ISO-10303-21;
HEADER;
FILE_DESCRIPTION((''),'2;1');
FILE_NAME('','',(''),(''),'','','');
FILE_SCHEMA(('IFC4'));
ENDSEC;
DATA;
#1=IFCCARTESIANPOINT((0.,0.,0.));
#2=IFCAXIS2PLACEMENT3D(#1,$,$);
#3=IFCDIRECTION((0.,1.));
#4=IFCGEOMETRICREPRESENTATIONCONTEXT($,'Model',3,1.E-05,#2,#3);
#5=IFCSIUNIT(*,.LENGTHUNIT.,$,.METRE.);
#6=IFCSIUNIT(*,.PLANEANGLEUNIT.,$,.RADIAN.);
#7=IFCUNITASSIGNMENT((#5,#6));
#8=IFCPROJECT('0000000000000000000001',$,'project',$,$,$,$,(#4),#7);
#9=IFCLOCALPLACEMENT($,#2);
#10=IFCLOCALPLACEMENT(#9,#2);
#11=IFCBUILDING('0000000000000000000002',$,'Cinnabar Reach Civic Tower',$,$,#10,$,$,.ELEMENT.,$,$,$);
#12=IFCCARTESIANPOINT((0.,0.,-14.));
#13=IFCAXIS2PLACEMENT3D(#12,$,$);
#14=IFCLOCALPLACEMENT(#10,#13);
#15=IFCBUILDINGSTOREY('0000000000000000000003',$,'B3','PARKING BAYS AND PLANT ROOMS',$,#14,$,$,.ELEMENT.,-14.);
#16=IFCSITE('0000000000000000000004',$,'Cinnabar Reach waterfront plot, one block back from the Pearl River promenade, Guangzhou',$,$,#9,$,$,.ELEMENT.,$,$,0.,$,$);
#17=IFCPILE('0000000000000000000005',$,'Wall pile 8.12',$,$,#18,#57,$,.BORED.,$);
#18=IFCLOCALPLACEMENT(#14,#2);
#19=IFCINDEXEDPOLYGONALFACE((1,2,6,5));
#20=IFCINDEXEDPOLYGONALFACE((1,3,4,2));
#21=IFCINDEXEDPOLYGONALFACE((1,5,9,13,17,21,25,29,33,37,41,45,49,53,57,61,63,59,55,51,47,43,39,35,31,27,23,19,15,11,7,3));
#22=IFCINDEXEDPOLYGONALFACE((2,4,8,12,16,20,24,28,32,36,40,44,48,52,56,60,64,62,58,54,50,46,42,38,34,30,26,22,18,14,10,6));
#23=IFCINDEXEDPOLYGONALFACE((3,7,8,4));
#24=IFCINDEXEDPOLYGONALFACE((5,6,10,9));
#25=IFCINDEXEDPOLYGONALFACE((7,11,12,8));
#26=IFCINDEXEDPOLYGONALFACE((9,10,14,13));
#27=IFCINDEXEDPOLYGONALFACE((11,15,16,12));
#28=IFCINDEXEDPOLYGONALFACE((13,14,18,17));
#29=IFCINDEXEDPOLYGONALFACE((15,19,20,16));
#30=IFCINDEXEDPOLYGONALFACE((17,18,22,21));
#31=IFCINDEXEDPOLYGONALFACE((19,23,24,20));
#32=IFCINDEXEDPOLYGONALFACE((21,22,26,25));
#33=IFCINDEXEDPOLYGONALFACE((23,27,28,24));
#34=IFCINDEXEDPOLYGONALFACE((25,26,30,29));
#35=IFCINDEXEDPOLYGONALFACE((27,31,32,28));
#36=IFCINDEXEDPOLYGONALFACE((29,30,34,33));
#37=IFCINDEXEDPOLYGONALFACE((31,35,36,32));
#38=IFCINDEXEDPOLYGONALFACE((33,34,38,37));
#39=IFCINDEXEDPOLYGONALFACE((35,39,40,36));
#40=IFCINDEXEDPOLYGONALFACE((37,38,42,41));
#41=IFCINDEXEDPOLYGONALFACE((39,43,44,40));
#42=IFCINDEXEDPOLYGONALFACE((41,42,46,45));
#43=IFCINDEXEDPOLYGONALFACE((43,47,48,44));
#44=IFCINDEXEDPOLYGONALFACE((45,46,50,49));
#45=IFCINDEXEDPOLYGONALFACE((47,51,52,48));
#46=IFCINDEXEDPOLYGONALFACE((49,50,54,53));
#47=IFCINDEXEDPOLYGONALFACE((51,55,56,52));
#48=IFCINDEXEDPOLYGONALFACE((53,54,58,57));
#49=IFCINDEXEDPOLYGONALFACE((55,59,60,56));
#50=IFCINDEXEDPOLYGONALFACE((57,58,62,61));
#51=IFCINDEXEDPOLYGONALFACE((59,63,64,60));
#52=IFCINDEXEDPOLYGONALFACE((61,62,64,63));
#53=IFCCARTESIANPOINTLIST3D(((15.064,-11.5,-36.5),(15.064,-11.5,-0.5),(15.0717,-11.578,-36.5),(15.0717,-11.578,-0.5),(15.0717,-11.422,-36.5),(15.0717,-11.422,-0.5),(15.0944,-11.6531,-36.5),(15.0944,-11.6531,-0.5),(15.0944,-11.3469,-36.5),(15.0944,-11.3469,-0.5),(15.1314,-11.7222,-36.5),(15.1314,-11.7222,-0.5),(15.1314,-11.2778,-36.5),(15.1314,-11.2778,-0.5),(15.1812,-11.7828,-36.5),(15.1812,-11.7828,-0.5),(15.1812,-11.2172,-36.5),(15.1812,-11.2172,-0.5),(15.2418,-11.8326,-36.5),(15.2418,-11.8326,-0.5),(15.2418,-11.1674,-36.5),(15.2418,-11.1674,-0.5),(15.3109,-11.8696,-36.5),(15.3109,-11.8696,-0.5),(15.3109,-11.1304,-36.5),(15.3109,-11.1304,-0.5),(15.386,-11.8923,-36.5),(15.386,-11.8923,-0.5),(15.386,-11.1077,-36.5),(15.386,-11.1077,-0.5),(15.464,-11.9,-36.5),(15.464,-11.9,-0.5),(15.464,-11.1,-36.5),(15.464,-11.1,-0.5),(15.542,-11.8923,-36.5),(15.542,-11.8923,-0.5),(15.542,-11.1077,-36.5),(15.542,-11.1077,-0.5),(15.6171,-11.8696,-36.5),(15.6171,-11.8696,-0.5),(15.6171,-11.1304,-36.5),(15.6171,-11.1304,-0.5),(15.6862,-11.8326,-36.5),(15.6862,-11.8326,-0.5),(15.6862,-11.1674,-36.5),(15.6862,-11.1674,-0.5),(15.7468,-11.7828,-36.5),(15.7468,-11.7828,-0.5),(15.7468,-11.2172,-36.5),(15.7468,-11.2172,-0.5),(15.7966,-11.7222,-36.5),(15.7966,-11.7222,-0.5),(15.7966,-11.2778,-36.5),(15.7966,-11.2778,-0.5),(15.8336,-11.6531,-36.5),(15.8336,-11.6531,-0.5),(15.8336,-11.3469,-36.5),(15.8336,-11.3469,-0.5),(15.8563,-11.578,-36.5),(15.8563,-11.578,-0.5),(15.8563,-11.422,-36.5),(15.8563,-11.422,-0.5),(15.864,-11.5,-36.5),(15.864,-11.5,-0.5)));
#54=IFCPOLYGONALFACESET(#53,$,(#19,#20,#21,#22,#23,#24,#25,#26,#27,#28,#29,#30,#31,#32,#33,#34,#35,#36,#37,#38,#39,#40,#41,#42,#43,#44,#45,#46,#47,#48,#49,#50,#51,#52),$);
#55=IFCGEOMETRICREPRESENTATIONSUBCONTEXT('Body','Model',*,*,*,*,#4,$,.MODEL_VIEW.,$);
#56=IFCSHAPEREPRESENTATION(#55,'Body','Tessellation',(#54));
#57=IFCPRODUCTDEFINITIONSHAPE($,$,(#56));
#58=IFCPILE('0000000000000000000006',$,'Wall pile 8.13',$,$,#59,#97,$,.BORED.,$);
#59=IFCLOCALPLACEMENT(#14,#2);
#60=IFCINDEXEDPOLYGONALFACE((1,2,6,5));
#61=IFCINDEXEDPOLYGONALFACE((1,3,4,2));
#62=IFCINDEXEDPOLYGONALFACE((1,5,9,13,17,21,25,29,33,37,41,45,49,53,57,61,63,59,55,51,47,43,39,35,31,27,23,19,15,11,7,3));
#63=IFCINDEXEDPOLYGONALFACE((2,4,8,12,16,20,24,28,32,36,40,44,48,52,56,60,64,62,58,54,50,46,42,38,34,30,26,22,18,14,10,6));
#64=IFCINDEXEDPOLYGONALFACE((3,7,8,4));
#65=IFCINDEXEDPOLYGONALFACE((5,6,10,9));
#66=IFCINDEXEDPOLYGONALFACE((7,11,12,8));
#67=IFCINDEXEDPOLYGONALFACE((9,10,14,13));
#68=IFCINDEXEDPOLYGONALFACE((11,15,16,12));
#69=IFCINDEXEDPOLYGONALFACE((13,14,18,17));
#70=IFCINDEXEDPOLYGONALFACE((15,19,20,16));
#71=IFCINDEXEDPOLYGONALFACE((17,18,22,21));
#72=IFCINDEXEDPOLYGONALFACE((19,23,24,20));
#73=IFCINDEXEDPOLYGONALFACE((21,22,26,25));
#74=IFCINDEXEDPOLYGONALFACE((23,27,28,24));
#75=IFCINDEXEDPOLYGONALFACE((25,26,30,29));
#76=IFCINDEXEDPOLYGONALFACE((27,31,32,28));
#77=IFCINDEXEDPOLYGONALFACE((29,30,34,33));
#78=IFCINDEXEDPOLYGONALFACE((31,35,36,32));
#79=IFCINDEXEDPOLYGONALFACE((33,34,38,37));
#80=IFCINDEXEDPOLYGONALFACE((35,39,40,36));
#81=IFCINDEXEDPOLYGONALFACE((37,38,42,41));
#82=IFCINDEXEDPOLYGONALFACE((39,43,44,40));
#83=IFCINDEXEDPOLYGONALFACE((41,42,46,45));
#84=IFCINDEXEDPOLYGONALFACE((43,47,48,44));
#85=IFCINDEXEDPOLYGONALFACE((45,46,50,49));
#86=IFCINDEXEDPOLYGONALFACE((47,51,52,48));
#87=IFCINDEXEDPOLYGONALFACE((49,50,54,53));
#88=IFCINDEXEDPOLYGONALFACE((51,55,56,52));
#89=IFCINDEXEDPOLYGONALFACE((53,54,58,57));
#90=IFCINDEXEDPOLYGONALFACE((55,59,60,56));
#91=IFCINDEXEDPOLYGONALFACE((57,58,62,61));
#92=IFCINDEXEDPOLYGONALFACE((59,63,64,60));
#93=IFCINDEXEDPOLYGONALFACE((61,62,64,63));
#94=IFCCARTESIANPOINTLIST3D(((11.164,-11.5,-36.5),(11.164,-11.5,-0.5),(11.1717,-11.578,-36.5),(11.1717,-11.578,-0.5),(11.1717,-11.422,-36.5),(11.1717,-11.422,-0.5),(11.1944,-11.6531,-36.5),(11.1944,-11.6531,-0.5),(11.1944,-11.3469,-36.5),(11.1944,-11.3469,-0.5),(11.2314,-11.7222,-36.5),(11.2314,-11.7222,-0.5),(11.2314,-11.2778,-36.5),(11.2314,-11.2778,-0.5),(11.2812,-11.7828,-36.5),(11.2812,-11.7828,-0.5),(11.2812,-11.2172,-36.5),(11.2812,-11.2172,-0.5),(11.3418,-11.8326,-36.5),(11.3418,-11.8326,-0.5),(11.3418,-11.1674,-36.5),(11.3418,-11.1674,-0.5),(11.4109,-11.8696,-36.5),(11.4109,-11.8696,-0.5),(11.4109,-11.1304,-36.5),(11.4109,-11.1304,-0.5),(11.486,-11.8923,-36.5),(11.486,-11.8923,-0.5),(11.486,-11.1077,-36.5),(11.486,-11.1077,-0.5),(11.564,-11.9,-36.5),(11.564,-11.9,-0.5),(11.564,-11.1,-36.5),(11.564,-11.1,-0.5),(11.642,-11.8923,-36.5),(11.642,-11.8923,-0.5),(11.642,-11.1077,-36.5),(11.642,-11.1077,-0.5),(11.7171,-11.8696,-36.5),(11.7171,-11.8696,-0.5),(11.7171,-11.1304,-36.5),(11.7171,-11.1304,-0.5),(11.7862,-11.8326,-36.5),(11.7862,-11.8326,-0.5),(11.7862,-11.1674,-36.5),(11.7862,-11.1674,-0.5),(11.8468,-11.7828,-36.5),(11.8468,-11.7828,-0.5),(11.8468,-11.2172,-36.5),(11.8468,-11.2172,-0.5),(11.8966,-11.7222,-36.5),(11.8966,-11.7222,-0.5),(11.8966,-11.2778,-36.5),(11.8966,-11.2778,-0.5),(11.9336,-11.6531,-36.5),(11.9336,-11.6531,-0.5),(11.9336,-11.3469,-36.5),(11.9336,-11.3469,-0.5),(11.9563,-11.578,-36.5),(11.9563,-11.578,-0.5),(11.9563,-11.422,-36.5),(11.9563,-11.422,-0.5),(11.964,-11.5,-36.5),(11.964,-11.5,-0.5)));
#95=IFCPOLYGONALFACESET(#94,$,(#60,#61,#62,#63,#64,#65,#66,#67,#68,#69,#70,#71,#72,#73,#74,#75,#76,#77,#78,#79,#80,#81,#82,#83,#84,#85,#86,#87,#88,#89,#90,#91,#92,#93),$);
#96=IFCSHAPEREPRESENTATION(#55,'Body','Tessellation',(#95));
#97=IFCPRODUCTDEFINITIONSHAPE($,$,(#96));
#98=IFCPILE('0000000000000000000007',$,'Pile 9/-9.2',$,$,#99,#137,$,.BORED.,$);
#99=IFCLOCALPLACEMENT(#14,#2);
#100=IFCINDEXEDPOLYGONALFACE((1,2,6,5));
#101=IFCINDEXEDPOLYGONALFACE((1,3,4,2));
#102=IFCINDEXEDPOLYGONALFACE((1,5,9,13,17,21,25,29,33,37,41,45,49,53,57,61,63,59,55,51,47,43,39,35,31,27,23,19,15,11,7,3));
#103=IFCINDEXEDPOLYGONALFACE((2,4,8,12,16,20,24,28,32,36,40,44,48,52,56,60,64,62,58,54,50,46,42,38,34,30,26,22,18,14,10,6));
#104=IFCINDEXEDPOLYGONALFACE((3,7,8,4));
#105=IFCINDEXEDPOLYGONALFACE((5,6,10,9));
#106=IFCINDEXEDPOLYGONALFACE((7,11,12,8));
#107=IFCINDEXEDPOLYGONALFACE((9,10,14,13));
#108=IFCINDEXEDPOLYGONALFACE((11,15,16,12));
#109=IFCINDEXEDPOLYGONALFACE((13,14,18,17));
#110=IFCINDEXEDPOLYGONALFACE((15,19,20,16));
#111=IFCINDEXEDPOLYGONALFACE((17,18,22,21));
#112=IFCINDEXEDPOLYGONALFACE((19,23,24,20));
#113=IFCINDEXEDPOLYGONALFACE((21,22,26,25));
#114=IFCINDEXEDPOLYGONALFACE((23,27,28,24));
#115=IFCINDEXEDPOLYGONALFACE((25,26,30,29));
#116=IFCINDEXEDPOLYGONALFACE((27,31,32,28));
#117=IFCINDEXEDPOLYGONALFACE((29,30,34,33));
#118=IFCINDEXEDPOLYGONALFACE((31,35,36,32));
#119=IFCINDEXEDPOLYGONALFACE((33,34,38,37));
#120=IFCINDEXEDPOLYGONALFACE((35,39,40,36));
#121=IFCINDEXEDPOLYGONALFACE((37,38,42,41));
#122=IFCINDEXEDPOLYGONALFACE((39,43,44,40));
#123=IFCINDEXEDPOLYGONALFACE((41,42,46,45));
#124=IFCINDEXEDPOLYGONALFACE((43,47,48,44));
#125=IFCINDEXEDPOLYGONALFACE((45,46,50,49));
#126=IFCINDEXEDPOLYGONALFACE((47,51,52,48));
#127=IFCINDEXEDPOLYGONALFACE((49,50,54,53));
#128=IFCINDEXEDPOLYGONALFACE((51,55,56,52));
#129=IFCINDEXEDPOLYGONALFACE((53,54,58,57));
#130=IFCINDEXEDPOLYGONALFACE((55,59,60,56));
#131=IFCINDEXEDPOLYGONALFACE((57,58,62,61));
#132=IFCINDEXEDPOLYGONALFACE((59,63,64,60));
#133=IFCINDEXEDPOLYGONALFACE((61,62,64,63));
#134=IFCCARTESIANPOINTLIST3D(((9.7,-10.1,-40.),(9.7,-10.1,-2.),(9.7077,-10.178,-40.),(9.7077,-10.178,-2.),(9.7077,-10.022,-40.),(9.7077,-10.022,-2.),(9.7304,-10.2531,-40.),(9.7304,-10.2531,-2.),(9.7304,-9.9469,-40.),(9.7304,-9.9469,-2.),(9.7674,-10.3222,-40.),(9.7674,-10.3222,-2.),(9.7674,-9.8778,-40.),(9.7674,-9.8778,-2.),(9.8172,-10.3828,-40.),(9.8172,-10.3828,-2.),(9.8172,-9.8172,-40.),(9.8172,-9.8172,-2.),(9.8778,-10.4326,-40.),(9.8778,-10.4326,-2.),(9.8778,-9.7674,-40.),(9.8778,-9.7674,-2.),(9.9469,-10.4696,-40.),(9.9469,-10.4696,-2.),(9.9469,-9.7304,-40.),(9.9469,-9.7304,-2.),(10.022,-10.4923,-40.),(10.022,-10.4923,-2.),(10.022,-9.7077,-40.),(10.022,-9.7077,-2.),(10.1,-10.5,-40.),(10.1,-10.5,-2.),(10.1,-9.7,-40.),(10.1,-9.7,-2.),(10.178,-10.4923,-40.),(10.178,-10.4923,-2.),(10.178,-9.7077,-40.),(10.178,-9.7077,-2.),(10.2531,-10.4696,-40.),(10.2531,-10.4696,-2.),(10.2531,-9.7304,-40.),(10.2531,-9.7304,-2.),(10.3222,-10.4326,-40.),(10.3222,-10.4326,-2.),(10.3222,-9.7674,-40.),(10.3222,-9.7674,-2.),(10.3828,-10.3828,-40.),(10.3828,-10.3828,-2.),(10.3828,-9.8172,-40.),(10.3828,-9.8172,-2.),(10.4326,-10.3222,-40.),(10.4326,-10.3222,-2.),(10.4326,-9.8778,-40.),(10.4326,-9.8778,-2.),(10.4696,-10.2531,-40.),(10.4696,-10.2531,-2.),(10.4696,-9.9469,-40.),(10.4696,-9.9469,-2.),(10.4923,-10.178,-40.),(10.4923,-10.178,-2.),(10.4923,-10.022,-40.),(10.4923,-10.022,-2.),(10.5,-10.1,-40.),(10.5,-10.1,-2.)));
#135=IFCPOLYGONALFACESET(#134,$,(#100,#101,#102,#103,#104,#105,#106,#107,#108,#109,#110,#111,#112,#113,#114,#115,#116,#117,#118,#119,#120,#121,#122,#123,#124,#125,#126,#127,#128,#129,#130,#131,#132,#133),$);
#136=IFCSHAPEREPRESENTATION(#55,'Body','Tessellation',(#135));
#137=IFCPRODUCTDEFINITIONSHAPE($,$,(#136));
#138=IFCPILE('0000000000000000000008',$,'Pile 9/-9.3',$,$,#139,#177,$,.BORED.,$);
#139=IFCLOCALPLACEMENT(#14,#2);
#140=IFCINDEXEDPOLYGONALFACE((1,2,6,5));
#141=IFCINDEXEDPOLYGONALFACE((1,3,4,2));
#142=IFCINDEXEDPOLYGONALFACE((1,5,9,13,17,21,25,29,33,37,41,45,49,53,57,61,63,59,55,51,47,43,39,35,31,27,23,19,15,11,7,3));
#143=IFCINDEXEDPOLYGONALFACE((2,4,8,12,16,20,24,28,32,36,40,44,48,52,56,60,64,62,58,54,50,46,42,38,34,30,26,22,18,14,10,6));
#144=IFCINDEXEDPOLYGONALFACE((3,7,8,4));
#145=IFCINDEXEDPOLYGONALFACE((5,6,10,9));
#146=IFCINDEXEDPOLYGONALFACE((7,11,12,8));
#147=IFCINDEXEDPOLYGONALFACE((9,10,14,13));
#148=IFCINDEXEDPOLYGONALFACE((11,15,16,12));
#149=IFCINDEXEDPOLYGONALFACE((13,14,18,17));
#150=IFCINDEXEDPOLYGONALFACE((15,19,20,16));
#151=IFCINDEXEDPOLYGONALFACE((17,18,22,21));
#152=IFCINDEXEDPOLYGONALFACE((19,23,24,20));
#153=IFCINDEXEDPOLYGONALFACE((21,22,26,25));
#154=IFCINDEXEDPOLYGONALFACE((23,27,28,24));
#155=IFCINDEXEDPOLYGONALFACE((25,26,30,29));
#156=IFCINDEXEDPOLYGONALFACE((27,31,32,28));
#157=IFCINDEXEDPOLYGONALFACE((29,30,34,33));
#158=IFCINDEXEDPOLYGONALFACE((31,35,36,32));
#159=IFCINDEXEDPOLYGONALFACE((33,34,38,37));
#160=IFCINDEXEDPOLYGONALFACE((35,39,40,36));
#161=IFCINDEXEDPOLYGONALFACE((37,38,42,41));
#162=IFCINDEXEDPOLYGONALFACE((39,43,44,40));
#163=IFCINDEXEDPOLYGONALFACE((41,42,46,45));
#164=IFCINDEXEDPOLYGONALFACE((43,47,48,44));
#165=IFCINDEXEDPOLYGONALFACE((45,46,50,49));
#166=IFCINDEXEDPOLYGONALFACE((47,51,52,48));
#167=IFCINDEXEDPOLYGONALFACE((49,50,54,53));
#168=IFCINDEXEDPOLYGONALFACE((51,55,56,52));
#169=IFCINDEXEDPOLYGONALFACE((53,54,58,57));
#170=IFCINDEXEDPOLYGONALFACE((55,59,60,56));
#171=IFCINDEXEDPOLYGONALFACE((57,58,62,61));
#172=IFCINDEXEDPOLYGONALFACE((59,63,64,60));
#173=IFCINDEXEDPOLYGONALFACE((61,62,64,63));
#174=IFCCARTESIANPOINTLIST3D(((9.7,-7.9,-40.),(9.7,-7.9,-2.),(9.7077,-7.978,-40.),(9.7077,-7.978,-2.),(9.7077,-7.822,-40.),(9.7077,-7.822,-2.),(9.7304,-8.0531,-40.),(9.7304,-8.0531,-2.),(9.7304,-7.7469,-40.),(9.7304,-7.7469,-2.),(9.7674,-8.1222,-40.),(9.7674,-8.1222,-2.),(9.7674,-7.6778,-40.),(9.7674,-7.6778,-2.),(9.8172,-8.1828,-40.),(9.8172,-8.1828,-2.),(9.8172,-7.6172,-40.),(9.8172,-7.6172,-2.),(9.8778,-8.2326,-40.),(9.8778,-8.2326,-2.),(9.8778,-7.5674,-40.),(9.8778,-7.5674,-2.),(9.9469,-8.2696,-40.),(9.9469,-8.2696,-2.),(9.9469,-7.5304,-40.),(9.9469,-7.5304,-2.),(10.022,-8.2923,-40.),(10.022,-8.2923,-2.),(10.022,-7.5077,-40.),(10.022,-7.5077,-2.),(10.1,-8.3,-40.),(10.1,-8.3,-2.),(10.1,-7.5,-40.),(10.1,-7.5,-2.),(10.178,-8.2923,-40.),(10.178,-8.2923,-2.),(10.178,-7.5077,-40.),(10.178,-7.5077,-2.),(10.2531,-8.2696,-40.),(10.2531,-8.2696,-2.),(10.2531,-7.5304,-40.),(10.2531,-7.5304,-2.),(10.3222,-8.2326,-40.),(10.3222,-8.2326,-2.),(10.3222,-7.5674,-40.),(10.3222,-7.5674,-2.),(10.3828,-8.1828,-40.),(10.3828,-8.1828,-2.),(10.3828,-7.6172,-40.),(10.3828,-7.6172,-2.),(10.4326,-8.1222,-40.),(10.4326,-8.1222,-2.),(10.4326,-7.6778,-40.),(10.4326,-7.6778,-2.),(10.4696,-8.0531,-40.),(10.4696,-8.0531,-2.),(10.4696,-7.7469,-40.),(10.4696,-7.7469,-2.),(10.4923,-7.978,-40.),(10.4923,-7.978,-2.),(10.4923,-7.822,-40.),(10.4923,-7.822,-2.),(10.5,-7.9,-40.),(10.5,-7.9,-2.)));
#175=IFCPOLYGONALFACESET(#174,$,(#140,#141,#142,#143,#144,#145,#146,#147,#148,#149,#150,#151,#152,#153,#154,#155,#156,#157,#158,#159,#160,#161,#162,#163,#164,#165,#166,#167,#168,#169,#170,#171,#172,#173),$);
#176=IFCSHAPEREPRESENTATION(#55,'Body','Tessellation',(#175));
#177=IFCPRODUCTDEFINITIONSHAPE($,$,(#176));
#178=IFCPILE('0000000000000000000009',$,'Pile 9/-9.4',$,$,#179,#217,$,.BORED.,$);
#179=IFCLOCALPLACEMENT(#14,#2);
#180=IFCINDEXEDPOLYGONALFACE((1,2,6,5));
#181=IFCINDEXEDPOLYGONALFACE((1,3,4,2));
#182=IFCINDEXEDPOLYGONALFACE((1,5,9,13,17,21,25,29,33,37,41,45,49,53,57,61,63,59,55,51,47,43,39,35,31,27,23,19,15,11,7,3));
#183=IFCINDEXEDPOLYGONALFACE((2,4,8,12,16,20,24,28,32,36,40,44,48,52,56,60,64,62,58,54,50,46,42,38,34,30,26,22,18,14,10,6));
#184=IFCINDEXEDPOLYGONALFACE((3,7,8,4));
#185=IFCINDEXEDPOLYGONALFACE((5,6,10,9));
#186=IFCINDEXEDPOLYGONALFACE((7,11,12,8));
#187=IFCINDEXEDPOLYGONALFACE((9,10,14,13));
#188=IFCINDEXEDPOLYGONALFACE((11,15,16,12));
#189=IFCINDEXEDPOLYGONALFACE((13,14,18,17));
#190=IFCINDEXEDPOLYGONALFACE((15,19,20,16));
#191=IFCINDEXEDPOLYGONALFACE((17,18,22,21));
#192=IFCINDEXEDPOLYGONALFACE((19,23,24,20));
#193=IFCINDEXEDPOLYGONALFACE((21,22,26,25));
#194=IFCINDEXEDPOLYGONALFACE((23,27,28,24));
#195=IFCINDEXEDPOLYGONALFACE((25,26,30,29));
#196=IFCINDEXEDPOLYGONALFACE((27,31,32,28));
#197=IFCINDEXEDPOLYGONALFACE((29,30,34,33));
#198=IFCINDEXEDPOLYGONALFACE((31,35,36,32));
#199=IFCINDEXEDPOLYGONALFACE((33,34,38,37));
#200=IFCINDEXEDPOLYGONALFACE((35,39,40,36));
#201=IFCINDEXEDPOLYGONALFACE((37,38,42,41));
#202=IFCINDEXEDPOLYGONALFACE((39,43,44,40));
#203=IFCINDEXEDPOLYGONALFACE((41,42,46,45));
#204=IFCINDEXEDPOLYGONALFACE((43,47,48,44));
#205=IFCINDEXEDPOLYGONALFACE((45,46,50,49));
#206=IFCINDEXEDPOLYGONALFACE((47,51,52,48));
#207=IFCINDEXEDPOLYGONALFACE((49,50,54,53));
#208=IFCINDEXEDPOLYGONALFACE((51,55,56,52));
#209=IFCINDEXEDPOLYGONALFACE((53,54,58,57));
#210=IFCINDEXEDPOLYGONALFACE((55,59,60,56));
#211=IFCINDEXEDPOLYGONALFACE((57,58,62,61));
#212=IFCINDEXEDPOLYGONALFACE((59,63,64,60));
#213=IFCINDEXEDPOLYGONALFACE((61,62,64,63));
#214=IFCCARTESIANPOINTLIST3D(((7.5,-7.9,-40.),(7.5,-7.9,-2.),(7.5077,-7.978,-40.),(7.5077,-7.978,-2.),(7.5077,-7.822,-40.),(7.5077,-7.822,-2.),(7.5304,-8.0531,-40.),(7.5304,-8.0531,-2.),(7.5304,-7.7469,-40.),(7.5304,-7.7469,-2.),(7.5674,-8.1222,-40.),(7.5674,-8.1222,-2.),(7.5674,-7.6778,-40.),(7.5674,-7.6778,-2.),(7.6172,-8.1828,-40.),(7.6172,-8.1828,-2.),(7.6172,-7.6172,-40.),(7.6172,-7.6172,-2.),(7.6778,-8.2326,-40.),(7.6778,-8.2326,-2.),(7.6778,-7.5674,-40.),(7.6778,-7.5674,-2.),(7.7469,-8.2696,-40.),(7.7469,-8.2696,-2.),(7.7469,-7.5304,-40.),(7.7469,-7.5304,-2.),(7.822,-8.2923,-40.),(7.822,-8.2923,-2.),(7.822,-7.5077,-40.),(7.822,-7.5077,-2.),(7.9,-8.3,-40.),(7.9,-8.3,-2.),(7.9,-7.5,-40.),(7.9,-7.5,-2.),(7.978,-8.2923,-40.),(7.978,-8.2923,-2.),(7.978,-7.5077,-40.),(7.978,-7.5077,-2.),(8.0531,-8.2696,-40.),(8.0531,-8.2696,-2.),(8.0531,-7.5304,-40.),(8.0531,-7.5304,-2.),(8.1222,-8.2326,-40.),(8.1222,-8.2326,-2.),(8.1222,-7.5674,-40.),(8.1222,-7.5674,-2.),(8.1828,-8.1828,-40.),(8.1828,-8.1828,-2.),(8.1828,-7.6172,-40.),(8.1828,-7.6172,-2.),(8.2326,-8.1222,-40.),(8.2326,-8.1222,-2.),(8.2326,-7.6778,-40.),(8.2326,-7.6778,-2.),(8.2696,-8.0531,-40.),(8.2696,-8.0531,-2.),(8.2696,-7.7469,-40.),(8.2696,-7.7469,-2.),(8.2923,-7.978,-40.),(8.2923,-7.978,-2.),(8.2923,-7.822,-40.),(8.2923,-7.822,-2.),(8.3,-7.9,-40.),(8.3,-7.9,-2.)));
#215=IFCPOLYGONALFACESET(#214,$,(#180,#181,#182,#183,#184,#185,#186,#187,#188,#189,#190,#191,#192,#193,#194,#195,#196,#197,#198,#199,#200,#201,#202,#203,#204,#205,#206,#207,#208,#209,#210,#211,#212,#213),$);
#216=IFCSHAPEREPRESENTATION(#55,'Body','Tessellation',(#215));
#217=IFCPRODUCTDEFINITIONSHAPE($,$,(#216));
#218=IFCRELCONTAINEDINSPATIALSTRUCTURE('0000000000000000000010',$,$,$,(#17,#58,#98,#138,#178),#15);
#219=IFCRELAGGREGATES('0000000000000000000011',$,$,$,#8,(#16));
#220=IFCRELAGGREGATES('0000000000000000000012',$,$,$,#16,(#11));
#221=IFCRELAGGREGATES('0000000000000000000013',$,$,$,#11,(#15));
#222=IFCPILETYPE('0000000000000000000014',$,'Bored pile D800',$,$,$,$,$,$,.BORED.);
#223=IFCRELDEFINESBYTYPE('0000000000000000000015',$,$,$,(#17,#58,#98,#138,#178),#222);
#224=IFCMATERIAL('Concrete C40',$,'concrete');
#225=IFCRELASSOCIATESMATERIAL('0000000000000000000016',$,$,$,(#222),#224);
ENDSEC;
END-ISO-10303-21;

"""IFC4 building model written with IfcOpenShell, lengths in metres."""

from ifc_helpers import new_model, si_unit, direction, frame, origin, origin_2d, place, context, subcontext, project, spatial, circle, extrude, material, type_object, element, save


model = new_model("IFC4")

# Units and contexts
model_context = context("Model", 3, precision=1e-05, world=origin(), true_north=direction((0.0, 1.0)))
body_context = subcontext(model_context, "Body", "Model", "MODEL_VIEW")
ifc_project = project(units=[si_unit("LENGTHUNIT", "METRE"), si_unit("PLANEANGLEUNIT", "RADIAN")], contexts=[model_context])

# Site, building, storey
site_placement = place(None, origin())
site = spatial("IfcSite", under=ifc_project, at=site_placement, Name="Cinnabar Reach waterfront plot, one block back from the Pearl River promenade, Guangzhou", CompositionType="ELEMENT", RefElevation=0.0)
building_placement = place(site_placement, origin())
building = spatial("IfcBuilding", under=site, at=building_placement, Name="Cinnabar Reach Civic Tower", CompositionType="ELEMENT")
storey_placement = place(building_placement, frame((0.0, 0.0, -14.0)))
storey = spatial("IfcBuildingStorey", under=building, at=storey_placement, Name="B3", Description="PARKING BAYS AND PLANT ROOMS", CompositionType="ELEMENT", Elevation=-14.0)

# Piles
ifc_material_1 = material(Name="Concrete C40", Category="concrete")
pile_type = type_object("IfcPileType", Name="Bored pile D800", PredefinedType="BORED", material=ifc_material_1)
for number, where, z_axis, x_axis, name in (
    (1, (15.464, -11.5, -0.5), (0.0, 0.0, -1.0), (1.0, 0.0, 0.0), "Wall pile 8.12"),
    (2, (11.564, -11.5, -0.5), (0.0, 0.0, -1.0), (1.0, 0.0, 0.0), "Wall pile 8.13"),
):
    element("IfcPile", number, at=place(storey_placement, frame(where, z_axis=z_axis, x_axis=x_axis)), inside=storey, type_object=pile_type, Name=name, PredefinedType="BORED", context=body_context, shape_type="SweptSolid", body=[
        extrude(circle(Radius=0.4, at=origin_2d()), origin(), (0.0, 0.0, 1.0), 36.0),
    ])
for number, where, z_axis, x_axis, name in (
    (3, (10.1, -10.1, -2.0), (0.0, 0.0, -1.0), (1.0, 0.0, 0.0), "Pile 9/-9.2"),
    (4, (10.1, -7.9, -2.0), (0.0, 0.0, -1.0), (1.0, 0.0, 0.0), "Pile 9/-9.3"),
    (5, (7.9, -7.9, -2.0), (0.0, 0.0, -1.0), (1.0, 0.0, 0.0), "Pile 9/-9.4"),
):
    element("IfcPile", number, at=place(storey_placement, frame(where, z_axis=z_axis, x_axis=x_axis)), inside=storey, type_object=pile_type, Name=name, PredefinedType="BORED", context=body_context, shape_type="SweptSolid", body=[
        extrude(circle(Radius=0.4, at=origin_2d()), origin(), (0.0, 0.0, 1.0), 38.0),
    ])

save(model, "model.ifc")
